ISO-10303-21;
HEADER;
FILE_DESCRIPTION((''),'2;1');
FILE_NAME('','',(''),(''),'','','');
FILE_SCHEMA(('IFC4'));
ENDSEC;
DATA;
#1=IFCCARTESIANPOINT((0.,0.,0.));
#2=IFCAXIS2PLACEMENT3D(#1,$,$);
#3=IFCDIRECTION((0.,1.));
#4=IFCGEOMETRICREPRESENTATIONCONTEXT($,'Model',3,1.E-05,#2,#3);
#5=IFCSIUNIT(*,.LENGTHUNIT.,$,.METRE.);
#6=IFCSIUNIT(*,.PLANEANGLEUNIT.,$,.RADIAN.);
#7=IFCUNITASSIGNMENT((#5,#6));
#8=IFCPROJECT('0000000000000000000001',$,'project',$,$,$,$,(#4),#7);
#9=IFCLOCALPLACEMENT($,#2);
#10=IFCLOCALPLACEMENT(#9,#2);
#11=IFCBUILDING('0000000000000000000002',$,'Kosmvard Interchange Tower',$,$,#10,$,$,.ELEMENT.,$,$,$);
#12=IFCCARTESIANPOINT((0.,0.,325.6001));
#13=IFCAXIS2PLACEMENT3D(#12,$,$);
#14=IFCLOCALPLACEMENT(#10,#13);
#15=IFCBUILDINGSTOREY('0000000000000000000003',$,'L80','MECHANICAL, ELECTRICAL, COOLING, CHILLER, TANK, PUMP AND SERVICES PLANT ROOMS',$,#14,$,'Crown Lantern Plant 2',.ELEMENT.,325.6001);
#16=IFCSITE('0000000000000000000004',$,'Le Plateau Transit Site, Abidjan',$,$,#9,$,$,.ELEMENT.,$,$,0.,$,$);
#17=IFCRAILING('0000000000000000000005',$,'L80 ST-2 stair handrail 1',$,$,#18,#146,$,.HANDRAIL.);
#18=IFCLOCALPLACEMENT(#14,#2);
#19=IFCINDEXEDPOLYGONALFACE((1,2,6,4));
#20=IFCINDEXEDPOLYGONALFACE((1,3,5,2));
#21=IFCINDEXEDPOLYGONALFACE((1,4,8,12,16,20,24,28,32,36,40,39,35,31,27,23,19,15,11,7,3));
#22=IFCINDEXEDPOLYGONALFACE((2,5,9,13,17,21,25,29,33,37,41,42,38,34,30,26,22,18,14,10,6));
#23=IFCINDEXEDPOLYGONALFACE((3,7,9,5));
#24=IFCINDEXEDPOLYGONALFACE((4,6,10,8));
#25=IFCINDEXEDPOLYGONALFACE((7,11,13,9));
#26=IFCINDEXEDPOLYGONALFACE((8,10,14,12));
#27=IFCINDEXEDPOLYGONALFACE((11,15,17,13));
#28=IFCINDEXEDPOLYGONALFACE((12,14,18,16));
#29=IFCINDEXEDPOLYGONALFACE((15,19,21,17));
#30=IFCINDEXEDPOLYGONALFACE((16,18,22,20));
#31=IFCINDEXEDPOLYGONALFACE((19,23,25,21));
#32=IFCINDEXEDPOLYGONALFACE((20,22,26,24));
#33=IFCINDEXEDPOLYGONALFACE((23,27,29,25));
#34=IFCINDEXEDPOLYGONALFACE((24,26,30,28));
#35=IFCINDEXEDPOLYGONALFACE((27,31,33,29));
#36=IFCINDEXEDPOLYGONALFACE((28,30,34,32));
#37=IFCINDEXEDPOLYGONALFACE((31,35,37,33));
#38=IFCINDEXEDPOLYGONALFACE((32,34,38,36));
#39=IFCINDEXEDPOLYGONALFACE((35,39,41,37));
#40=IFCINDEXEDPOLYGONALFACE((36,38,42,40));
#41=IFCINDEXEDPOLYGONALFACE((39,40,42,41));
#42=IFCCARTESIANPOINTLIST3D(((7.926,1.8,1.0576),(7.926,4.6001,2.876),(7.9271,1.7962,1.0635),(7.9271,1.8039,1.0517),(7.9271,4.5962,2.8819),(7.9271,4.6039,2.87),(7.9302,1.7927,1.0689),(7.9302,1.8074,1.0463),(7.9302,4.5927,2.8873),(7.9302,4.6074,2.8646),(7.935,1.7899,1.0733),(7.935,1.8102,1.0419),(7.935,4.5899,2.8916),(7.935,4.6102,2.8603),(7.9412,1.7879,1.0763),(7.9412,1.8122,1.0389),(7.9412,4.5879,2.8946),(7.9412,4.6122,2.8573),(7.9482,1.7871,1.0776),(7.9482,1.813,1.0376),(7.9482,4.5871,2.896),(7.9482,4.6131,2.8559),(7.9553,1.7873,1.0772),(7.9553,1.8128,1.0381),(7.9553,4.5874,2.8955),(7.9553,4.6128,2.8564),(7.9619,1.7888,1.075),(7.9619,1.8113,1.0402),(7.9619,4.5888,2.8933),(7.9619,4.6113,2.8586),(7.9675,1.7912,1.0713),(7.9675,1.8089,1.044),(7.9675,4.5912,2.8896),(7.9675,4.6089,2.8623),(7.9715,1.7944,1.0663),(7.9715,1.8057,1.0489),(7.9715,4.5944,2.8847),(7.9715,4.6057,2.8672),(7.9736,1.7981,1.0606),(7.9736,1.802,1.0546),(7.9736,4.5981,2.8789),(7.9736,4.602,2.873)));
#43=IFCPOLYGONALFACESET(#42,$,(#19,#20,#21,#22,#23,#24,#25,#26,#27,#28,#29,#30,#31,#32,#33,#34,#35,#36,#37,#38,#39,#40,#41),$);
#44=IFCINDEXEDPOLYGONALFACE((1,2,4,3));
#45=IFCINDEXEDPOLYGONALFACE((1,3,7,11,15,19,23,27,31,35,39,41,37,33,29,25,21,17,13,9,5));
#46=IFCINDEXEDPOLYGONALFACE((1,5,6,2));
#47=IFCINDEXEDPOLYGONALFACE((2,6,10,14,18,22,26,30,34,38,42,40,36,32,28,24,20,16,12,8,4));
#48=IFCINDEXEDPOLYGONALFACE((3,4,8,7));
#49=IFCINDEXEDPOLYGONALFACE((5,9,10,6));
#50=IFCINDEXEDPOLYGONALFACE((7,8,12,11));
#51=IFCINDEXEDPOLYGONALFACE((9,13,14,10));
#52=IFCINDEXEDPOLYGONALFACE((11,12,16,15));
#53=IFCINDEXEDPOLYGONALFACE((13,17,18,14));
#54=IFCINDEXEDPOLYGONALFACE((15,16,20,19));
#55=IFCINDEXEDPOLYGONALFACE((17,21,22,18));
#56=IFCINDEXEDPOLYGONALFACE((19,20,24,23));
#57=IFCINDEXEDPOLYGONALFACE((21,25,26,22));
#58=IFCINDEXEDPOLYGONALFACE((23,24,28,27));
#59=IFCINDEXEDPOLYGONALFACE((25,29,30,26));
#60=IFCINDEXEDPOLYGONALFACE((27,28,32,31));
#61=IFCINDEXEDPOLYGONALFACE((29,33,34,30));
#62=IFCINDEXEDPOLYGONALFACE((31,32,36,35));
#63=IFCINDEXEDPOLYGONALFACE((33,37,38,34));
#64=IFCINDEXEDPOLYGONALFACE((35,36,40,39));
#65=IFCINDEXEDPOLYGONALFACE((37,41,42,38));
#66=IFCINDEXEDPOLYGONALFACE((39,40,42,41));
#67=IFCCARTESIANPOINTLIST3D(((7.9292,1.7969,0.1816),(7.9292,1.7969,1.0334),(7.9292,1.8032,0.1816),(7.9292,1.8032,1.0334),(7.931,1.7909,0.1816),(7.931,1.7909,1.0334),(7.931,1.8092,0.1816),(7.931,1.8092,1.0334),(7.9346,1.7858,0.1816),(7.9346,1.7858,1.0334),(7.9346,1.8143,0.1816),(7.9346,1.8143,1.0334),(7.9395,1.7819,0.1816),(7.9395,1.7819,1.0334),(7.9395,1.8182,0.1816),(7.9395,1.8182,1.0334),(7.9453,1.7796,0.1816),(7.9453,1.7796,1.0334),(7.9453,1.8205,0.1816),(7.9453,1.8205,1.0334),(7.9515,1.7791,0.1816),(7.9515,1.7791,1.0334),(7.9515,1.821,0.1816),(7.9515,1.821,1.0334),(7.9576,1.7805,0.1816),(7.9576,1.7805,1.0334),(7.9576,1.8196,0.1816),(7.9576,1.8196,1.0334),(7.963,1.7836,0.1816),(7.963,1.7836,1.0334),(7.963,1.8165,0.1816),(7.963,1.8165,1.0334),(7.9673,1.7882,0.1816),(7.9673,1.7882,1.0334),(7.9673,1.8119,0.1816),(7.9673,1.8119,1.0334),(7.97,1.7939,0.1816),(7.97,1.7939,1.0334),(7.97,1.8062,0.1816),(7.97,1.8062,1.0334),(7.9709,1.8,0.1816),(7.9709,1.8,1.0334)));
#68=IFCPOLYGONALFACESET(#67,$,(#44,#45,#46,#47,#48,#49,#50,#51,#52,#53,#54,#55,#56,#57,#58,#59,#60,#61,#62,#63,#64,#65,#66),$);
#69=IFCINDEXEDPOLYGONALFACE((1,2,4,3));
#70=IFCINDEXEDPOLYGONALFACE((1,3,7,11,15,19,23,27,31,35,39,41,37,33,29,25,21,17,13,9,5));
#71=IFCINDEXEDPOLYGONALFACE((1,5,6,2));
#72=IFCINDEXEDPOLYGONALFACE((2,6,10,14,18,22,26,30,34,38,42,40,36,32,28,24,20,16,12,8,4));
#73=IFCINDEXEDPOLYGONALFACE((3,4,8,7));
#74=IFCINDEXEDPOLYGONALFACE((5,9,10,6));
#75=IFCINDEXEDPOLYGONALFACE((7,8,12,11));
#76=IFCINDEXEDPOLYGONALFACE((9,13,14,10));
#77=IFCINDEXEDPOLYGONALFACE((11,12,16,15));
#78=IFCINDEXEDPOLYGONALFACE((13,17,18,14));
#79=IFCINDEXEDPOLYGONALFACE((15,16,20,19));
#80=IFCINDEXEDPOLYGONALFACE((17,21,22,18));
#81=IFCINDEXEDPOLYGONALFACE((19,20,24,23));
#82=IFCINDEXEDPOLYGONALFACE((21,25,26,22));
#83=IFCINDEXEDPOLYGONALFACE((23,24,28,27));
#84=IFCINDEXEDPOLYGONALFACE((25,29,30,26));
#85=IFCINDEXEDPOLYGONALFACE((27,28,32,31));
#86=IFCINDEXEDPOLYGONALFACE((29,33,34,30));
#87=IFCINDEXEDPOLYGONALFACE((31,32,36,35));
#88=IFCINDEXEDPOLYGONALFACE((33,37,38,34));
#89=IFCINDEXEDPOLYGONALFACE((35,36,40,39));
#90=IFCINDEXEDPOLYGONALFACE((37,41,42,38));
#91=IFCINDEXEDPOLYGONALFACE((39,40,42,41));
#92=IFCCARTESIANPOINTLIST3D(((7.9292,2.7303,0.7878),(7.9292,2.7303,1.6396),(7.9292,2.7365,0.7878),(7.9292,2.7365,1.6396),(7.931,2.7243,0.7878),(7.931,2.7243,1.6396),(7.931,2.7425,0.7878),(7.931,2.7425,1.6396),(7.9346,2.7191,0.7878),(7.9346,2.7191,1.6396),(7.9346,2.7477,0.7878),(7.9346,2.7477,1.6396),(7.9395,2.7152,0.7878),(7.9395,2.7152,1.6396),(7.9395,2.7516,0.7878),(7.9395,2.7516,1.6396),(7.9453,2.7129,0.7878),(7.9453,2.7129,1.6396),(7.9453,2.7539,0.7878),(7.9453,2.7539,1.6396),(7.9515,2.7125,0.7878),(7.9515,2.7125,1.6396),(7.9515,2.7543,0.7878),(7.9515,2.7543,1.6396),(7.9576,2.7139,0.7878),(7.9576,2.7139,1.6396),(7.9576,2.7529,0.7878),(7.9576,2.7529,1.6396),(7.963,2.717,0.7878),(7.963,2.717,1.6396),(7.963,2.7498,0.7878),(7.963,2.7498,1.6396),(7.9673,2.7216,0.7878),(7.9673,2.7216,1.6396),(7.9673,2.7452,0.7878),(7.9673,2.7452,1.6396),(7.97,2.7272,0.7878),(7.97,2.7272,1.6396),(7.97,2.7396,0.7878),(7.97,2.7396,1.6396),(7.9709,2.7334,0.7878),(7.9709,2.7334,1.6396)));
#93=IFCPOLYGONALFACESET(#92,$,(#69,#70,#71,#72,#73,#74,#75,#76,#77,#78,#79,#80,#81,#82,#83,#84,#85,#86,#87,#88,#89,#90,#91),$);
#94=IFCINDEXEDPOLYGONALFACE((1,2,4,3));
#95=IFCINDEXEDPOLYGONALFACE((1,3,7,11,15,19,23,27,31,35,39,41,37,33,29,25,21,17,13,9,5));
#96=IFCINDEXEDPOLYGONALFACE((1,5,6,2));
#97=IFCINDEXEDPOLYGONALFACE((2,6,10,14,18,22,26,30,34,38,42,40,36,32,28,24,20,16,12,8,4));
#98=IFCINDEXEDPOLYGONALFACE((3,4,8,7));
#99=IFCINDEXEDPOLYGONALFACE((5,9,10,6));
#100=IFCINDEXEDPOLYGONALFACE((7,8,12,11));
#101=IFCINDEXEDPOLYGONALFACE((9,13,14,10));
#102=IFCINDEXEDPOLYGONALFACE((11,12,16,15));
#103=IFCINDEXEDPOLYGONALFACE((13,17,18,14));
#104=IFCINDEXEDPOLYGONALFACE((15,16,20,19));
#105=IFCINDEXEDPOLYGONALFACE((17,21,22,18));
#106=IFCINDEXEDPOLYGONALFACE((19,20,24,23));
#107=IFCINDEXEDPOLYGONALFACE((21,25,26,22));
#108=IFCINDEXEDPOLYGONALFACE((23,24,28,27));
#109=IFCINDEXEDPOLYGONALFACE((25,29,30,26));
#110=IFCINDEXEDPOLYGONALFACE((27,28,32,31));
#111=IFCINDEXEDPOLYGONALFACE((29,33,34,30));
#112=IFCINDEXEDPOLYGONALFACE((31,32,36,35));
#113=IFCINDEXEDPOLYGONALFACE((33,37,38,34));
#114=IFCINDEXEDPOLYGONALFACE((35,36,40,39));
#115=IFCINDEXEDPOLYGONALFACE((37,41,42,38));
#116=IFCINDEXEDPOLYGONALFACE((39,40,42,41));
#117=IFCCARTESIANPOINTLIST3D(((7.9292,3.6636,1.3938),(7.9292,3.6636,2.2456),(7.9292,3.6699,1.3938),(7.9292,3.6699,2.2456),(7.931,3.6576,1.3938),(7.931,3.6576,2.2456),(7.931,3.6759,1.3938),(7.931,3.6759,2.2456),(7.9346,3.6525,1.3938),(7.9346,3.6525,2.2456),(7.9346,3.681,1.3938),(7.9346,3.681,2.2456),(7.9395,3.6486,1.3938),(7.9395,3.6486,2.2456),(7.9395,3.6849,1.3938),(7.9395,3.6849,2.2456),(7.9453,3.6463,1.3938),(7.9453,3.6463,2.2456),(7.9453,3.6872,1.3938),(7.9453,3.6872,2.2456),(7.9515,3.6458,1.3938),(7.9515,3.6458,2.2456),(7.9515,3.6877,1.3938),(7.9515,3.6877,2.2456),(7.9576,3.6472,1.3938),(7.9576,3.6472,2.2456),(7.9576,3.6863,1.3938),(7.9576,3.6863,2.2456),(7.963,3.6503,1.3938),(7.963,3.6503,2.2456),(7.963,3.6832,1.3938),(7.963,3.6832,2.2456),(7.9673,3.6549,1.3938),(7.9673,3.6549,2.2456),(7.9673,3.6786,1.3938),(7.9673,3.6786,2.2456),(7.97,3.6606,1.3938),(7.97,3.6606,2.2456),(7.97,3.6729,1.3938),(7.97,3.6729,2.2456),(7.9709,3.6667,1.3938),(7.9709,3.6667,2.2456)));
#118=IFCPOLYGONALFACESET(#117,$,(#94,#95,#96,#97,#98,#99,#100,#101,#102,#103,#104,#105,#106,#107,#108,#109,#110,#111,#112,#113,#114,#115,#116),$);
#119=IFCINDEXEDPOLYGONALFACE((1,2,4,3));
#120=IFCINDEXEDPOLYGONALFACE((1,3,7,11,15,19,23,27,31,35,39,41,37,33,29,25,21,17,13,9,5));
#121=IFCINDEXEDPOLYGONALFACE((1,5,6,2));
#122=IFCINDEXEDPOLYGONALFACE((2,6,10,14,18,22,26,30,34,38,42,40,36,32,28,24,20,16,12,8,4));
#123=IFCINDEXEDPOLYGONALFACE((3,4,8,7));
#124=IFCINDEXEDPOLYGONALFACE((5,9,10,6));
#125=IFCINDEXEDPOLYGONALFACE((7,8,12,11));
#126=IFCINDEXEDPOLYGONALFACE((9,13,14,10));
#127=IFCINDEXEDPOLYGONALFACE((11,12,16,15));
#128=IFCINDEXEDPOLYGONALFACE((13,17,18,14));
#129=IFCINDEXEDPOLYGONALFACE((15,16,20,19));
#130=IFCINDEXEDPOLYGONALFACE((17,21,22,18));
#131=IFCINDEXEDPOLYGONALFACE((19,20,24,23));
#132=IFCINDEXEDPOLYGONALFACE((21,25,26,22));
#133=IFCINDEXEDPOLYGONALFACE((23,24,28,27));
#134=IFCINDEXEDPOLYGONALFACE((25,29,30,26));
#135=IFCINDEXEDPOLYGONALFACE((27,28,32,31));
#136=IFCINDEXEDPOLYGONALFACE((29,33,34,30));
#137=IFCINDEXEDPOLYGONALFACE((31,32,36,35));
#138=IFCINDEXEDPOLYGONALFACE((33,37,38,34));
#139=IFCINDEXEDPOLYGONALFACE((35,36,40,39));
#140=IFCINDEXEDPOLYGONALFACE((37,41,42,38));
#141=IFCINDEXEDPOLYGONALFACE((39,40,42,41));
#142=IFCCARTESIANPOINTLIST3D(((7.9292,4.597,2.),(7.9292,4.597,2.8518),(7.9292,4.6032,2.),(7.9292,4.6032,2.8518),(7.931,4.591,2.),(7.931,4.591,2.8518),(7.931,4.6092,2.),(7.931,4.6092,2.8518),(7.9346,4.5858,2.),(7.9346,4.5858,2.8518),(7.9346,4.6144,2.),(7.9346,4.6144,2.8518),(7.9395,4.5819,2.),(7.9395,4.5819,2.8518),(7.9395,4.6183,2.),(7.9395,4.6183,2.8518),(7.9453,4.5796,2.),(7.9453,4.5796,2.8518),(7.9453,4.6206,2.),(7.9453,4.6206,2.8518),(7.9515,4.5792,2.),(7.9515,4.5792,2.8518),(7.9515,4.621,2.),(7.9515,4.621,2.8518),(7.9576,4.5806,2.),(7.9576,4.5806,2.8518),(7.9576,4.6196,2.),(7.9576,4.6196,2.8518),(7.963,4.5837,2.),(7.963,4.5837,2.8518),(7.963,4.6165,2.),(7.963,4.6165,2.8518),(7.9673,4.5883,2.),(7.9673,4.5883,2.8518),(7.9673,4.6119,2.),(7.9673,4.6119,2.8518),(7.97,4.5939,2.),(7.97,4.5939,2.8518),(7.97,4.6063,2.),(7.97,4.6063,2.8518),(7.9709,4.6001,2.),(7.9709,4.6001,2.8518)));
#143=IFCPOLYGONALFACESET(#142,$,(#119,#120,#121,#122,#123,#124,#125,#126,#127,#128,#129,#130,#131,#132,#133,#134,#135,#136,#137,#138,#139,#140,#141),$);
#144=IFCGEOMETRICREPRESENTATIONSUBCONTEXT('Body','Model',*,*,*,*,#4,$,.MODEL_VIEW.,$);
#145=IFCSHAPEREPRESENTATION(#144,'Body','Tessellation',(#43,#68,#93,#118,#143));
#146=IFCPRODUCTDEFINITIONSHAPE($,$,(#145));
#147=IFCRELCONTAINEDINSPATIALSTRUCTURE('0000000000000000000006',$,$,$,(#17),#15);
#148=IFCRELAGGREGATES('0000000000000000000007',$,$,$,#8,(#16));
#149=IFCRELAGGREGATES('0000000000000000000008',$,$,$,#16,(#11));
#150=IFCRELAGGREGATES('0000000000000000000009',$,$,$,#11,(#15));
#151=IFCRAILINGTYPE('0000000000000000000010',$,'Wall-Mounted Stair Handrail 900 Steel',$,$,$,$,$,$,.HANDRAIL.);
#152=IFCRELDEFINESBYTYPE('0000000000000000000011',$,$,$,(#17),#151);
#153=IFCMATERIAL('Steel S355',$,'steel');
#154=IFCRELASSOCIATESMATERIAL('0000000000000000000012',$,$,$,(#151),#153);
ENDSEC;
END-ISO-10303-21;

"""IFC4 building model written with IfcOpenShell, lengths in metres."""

from ifc_helpers import new_model, si_unit, direction, frame, origin, origin_2d, place, context, subcontext, project, spatial, circle, extrude, source, transform, mapped, material, type_object, element, save


model = new_model("IFC4")

# Units and contexts
model_context = context("Model", 3, precision=1e-05, world=origin(), true_north=direction((0.0, 1.0)))
body_context = subcontext(model_context, "Body", "Model", "MODEL_VIEW")
ifc_project = project(units=[si_unit("LENGTHUNIT", "METRE"), si_unit("PLANEANGLEUNIT", "RADIAN")], contexts=[model_context])

# Site, building, storey
site_placement = place(None, origin())
site = spatial("IfcSite", under=ifc_project, at=site_placement, Name="Le Plateau Transit Site, Abidjan", CompositionType="ELEMENT", RefElevation=0.0)
building_placement = place(site_placement, origin())
building = spatial("IfcBuilding", under=site, at=building_placement, Name="Kosmvard Interchange Tower", CompositionType="ELEMENT")
storey_placement = place(building_placement, frame((0.0, 0.0, 325.6001)))
storey = spatial("IfcBuildingStorey", under=building, at=storey_placement, Name="L80", Description="MECHANICAL, ELECTRICAL, COOLING, CHILLER, TANK, PUMP AND SERVICES PLANT ROOMS", LongName="Crown Lantern Plant 2", CompositionType="ELEMENT", Elevation=325.6001)

# Shared definitions
ifc_material_1 = material(Name="Steel S355", Category="steel")

# Railing
railing_type_1 = type_object("IfcRailingType", Name="Wall-Mounted Stair Handrail 900 Steel", PredefinedType="HANDRAIL", material=ifc_material_1)
shared_shape_1 = source(origin(), body_context, "Body", "SweptSolid", [
    extrude(circle(Radius=0.0239, at=origin_2d()), frame((0.0, 0.0, 0.876), z_axis=(0.0, 0.838672, 0.544636), x_axis=(-1.0, 0.0, 0.0)), (0.0, 0.0, 1.0), 3.3386),
    extrude(circle(Radius=0.021, at=origin_2d()), origin(), (0.0, 0.0, 1.0), 0.8518),
    extrude(circle(Radius=0.021, at=origin_2d()), frame((0.0, 0.9333, 0.6062)), (0.0, 0.0, 1.0), 0.8518),
    extrude(circle(Radius=0.021, at=origin_2d()), frame((0.0, 1.8667, 1.2122)), (0.0, 0.0, 1.0), 0.8518),
    extrude(circle(Radius=0.021, at=origin_2d()), frame((0.0, 2.8, 1.8184)), (0.0, 0.0, 1.0), 0.8518),
])
railing_1_placement = place(storey_placement, frame((7.95, 1.8, 0.1816)))
element("IfcRailing", 1, at=railing_1_placement, inside=storey, type_object=railing_type_1, Name="L80 ST-2 stair handrail 1", PredefinedType="HANDRAIL", context=body_context, shape_type="MappedRepresentation", body=[
    mapped(shared_shape_1, transform((0.0, 0.0, 0.0), scale=1.0)),
])

save(model, "model.ifc")
